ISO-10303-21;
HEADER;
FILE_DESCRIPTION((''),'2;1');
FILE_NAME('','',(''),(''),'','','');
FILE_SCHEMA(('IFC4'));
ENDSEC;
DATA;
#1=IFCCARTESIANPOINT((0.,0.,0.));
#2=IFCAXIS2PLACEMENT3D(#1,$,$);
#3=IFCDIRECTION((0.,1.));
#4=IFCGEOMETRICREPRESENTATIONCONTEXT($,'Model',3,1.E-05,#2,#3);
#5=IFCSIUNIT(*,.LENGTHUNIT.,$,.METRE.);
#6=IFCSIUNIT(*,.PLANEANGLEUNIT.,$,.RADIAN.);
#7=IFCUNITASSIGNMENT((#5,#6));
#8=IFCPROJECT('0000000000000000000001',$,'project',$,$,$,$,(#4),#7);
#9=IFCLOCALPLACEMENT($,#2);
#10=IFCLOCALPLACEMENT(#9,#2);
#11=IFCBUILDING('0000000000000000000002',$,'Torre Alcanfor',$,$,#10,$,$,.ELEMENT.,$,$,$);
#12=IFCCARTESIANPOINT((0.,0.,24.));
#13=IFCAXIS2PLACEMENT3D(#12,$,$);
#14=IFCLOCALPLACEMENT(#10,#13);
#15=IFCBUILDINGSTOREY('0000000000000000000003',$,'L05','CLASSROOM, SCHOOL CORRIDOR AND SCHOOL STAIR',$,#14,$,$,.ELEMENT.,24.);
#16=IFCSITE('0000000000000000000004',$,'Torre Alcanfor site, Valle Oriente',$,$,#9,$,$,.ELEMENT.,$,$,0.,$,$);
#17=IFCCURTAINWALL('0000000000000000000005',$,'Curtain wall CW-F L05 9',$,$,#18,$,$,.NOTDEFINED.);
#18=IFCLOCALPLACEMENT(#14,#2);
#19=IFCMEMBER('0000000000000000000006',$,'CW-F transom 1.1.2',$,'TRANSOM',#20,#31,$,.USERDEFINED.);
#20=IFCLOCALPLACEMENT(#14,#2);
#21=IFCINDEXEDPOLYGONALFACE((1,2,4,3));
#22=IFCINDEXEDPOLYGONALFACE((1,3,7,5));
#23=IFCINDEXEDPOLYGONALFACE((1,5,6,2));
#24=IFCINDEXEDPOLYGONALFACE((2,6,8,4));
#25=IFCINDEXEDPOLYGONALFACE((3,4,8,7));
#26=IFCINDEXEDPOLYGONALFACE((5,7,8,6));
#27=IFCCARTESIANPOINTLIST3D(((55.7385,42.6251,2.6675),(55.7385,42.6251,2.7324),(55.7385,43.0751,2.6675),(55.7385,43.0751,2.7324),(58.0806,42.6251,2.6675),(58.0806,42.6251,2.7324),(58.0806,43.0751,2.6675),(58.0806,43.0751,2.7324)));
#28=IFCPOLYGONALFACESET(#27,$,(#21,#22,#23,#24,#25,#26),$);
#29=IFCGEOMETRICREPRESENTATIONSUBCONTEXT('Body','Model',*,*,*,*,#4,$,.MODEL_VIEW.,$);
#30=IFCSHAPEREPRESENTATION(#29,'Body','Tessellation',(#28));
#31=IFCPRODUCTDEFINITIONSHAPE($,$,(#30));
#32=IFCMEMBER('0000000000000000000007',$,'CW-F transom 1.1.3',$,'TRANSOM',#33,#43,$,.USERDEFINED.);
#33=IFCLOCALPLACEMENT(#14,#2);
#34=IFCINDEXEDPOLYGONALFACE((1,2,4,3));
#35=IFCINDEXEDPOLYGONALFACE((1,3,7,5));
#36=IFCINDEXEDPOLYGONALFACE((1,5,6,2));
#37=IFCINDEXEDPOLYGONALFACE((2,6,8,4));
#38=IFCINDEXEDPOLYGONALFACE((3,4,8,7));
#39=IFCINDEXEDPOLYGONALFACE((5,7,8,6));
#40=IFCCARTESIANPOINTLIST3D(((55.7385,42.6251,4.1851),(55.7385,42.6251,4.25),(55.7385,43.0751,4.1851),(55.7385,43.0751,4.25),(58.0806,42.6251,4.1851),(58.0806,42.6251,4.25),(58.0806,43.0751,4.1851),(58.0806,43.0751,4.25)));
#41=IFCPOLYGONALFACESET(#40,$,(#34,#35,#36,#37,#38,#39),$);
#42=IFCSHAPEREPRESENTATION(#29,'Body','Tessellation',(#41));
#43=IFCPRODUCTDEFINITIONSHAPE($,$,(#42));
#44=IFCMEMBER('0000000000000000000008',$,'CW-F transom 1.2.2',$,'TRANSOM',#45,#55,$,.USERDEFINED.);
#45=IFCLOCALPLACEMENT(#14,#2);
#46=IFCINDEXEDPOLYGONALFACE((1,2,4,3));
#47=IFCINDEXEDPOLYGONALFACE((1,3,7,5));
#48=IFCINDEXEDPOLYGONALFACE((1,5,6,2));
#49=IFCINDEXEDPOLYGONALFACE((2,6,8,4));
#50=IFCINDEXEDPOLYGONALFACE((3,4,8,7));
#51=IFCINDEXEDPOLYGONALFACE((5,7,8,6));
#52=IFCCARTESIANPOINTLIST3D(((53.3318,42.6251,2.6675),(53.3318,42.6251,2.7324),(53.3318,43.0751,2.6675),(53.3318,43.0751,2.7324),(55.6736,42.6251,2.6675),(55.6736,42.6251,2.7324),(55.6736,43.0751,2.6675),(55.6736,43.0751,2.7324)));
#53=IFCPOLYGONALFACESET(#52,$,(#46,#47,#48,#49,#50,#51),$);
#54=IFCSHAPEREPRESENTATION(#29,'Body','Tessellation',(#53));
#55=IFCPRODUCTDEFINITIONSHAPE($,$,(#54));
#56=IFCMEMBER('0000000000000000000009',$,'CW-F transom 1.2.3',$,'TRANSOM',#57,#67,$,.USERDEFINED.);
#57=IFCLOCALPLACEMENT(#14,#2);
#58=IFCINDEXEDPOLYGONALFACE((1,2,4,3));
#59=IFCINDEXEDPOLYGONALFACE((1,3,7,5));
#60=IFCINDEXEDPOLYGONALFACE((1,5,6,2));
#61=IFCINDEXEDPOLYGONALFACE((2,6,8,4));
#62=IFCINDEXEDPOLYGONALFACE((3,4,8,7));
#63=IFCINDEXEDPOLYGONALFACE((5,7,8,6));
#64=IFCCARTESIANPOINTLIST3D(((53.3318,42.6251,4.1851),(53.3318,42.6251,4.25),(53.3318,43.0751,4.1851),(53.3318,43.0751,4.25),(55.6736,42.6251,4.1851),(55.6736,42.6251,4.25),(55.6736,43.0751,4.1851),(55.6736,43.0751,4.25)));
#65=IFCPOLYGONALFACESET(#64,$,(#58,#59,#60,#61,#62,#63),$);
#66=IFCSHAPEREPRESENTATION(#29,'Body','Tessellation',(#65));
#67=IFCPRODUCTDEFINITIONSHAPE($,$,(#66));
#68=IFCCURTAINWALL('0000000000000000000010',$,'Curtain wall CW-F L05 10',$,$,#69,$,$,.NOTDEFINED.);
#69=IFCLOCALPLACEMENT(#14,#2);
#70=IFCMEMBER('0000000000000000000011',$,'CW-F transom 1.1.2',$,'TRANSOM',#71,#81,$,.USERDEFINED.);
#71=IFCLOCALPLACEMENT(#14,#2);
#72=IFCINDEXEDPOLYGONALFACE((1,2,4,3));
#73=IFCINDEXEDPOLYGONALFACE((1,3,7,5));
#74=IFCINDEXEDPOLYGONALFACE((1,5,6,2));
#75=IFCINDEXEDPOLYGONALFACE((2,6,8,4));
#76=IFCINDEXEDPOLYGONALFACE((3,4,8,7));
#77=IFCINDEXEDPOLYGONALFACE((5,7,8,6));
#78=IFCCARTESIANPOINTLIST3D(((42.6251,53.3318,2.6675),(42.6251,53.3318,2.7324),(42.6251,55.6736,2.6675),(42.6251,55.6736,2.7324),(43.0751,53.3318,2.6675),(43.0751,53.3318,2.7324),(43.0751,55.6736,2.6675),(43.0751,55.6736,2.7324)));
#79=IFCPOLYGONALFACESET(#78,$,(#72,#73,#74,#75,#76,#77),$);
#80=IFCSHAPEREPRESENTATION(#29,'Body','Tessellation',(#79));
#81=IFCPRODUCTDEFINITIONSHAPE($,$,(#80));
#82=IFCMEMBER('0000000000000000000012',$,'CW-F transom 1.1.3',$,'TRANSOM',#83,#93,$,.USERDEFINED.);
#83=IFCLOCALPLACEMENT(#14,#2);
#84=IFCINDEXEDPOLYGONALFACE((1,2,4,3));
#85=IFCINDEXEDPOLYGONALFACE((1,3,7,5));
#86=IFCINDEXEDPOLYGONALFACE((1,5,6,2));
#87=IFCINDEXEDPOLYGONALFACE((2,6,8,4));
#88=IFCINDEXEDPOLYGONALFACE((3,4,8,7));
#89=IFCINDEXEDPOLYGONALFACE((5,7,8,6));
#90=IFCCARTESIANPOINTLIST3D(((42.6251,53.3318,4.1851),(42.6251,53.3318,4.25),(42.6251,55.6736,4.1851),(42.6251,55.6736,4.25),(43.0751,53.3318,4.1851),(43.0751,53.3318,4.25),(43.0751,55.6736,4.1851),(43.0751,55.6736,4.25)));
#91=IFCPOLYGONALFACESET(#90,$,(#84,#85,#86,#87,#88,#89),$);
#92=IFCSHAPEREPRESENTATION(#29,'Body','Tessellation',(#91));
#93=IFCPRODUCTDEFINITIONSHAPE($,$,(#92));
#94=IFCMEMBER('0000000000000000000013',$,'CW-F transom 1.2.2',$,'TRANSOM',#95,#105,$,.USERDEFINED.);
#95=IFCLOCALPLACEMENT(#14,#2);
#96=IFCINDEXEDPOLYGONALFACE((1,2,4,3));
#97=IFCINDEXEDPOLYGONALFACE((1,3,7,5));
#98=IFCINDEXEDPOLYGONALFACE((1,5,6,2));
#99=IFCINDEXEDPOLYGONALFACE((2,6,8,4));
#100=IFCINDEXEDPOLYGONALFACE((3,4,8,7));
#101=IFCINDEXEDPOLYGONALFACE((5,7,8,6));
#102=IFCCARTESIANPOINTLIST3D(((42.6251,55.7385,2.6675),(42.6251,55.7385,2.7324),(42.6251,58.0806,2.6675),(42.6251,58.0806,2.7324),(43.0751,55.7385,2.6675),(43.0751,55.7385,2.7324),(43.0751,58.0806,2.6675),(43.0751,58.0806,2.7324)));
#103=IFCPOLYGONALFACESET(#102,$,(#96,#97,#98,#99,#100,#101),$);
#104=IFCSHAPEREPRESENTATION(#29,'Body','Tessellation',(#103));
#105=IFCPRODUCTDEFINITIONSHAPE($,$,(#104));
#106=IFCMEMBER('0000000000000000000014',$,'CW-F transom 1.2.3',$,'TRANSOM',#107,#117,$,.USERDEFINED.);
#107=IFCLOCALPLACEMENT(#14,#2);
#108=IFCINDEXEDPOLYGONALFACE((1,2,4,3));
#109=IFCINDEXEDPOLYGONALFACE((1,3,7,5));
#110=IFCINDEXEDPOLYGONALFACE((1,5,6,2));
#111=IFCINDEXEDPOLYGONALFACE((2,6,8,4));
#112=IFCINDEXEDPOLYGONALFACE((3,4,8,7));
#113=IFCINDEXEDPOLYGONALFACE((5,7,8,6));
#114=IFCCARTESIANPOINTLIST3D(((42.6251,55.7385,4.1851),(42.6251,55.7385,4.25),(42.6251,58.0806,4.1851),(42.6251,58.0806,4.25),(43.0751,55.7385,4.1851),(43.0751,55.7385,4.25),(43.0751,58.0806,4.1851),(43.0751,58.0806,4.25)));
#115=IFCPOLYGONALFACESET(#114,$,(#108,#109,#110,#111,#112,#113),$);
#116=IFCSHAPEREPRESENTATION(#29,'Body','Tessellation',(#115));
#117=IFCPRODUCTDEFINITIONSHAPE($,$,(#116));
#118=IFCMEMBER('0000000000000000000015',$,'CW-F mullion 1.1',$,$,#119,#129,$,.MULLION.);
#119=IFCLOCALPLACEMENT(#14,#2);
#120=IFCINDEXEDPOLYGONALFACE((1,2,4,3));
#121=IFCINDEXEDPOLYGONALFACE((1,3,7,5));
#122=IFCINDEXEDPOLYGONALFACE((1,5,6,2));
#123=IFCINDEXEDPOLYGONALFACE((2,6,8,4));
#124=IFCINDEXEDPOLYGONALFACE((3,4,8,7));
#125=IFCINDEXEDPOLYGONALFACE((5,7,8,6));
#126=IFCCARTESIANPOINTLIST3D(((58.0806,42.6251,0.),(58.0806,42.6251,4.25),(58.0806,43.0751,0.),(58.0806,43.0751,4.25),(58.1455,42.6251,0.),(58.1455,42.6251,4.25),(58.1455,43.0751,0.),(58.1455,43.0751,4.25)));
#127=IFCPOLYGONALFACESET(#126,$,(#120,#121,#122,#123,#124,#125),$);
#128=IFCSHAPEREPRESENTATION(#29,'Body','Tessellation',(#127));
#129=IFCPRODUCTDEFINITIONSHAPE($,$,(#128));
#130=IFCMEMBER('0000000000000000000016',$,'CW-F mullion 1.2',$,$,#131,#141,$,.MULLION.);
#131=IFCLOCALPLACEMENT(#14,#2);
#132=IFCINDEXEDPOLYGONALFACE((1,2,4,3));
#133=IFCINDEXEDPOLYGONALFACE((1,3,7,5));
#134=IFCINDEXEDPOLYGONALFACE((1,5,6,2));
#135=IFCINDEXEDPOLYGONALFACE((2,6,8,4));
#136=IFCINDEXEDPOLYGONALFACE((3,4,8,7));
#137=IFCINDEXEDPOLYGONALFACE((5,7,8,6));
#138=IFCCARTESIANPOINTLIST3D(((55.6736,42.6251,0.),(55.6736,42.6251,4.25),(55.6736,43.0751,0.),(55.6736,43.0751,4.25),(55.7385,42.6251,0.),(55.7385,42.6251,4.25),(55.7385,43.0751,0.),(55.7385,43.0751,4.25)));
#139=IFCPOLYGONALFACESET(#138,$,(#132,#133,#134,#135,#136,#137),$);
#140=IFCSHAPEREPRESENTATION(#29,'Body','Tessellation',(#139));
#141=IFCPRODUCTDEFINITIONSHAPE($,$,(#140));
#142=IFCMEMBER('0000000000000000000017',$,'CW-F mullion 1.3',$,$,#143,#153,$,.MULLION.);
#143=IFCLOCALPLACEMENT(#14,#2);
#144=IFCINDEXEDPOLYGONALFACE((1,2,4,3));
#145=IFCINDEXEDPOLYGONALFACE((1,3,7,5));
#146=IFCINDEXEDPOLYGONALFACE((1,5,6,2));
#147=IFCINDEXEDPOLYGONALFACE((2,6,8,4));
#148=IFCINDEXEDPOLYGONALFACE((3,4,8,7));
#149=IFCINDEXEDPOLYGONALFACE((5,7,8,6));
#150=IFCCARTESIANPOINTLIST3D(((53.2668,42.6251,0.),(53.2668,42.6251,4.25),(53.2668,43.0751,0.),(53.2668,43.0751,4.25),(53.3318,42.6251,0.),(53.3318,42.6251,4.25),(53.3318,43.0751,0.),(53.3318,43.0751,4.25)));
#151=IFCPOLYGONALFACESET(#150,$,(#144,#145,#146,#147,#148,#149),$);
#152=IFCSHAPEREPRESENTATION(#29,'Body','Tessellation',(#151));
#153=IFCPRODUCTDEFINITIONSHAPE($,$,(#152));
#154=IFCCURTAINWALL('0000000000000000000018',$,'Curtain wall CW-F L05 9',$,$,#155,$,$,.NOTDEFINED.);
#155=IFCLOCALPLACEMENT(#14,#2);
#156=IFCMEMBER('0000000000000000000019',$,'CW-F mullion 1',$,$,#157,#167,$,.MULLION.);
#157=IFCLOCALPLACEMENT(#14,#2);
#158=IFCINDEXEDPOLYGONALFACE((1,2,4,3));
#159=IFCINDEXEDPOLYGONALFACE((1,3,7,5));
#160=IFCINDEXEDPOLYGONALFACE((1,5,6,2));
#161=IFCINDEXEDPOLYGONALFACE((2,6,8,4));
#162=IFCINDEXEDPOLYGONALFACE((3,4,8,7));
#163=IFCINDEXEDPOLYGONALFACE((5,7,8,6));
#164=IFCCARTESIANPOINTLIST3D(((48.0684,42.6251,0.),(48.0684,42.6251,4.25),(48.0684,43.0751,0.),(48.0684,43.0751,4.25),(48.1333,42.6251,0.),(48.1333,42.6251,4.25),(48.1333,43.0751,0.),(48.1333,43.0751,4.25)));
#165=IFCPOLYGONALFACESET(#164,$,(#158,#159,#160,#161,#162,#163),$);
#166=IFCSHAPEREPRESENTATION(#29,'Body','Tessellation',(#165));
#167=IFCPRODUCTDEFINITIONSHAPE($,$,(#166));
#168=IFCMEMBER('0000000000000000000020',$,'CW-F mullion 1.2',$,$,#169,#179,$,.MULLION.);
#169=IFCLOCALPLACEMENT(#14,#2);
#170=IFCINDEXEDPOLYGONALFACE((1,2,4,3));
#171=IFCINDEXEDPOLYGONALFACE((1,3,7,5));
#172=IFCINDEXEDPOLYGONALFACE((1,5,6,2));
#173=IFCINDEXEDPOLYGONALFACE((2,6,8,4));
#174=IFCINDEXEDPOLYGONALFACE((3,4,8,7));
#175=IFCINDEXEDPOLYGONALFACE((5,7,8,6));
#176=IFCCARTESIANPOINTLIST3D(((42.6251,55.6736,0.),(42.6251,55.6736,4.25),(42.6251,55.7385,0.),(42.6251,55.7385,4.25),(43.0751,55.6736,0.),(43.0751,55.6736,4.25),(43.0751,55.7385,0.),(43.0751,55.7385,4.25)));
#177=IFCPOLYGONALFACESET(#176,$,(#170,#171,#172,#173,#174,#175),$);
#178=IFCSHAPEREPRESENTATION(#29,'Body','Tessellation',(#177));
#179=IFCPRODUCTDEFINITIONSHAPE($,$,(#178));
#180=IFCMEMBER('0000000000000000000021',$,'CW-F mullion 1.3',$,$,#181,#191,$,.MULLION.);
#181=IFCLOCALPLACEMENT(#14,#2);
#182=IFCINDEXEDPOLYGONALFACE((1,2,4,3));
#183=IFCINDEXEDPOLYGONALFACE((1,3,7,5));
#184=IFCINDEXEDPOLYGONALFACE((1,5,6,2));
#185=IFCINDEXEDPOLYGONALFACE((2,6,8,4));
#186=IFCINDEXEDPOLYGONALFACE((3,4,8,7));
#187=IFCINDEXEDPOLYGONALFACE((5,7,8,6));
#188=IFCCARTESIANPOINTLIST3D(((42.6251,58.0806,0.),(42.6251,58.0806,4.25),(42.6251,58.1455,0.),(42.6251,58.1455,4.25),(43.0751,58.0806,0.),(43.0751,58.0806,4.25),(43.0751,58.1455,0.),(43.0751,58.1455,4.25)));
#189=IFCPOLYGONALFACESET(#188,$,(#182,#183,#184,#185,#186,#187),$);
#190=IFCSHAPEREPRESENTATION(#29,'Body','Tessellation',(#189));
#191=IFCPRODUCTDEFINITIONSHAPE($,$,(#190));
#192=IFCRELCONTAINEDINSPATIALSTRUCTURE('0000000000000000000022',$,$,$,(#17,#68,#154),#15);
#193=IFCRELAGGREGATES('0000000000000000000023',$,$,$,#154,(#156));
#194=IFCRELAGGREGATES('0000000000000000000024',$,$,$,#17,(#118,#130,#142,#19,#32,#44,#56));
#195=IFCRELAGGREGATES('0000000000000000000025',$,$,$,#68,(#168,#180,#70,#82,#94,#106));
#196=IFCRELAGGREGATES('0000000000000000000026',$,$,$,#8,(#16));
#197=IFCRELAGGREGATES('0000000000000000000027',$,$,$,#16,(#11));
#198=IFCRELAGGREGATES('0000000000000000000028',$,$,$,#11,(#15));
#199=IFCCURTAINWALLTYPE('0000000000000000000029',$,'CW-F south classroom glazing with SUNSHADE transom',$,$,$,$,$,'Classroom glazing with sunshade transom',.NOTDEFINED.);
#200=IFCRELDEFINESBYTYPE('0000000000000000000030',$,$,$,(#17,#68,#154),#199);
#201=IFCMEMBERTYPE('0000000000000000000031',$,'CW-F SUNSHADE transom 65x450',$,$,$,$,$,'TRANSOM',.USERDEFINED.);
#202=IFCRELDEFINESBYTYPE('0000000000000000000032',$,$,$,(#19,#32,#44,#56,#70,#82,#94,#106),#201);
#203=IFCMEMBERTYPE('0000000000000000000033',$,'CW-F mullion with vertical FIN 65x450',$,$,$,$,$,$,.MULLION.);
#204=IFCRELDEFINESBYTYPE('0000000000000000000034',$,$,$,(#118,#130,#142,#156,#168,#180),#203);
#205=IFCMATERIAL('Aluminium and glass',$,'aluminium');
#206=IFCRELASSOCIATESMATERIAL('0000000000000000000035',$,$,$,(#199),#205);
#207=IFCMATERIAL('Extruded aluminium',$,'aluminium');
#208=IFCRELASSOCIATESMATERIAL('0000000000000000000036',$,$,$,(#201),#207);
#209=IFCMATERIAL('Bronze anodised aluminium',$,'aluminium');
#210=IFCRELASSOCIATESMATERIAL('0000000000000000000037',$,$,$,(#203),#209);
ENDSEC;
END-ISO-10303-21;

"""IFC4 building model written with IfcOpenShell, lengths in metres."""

from ifc_helpers import new_model, si_unit, direction, frame, origin, origin_2d, place, context, subcontext, project, spatial, rectangle, extrude, material, material_profile, profile_set, type_object, element, aggregate, save


model = new_model("IFC4")

# Units and contexts
model_context = context("Model", 3, precision=1e-05, world=origin(), true_north=direction((0.0, 1.0)))
body_context = subcontext(model_context, "Body", "Model", "MODEL_VIEW")
ifc_project = project(units=[si_unit("LENGTHUNIT", "METRE"), si_unit("PLANEANGLEUNIT", "RADIAN")], contexts=[model_context])

# Site, building, storey
site_placement = place(None, origin())
site = spatial("IfcSite", under=ifc_project, at=site_placement, Name="Torre Alcanfor site, Valle Oriente", CompositionType="ELEMENT", RefElevation=0.0)
building_placement = place(site_placement, origin())
building = spatial("IfcBuilding", under=site, at=building_placement, Name="Torre Alcanfor", CompositionType="ELEMENT")
storey_placement = place(building_placement, frame((0.0, 0.0, 24.0)))
storey = spatial("IfcBuildingStorey", under=building, at=storey_placement, Name="L05", Description="CLASSROOM, SCHOOL CORRIDOR AND SCHOOL STAIR", CompositionType="ELEMENT", Elevation=24.0)

# Curtain walls, members
ifc_material_1 = material(Name="Aluminium and glass", Category="aluminium")
curtain_wall_type = type_object("IfcCurtainWallType", Name="CW-F south classroom glazing with SUNSHADE transom", ElementType="Classroom glazing with sunshade transom", PredefinedType="NOTDEFINED", material=ifc_material_1)
curtain_wall_1_placement = place(storey_placement, origin())
curtain_wall_1 = element("IfcCurtainWall", 1, at=curtain_wall_1_placement, inside=storey, type_object=curtain_wall_type, Name="Curtain wall CW-F L05 9", PredefinedType="NOTDEFINED")
ifc_material_2 = material(Name="Extruded aluminium", Category="aluminium")
ifc_material_profile_1 = material_profile(ifc_material_2, rectangle(XDim=0.45, YDim=0.0649, at=origin_2d()), Name="CW-F transom 450x65")
ifc_profile_set_1 = profile_set([ifc_material_profile_1], Name="Extruded aluminium")
member_type_1 = type_object("IfcMemberType", Name="CW-F SUNSHADE transom 65x450", ElementType="TRANSOM", PredefinedType="USERDEFINED", material=ifc_profile_set_1)
member_1_placement = place(storey_placement, frame((58.0806, 42.8501, 2.7), z_axis=(-1.0, 0.0, 0.0), x_axis=(0.0, -1.0, 0.0)))
member_1 = element("IfcMember", 2, at=member_1_placement, type_object=member_type_1, Name="CW-F transom 1.1.2", ObjectType="TRANSOM", PredefinedType="USERDEFINED", context=body_context, shape_type="SweptSolid", body=[
    extrude(rectangle(XDim=0.45, YDim=0.0649, at=origin_2d()), origin(), (0.0, 0.0, 1.0), 2.342),
])
member_2_placement = place(storey_placement, frame((58.0806, 42.8501, 4.2175), z_axis=(-1.0, 0.0, 0.0), x_axis=(0.0, -1.0, 0.0)))
member_2 = element("IfcMember", 3, at=member_2_placement, type_object=member_type_1, Name="CW-F transom 1.1.3", ObjectType="TRANSOM", PredefinedType="USERDEFINED", context=body_context, shape_type="SweptSolid", body=[
    extrude(rectangle(XDim=0.45, YDim=0.0649, at=origin_2d()), origin(), (0.0, 0.0, 1.0), 2.342),
])
member_3_placement = place(storey_placement, frame((55.6736, 42.8501, 2.7), z_axis=(-1.0, 0.0, 0.0), x_axis=(0.0, -1.0, 0.0)))
member_3 = element("IfcMember", 4, at=member_3_placement, type_object=member_type_1, Name="CW-F transom 1.2.2", ObjectType="TRANSOM", PredefinedType="USERDEFINED", context=body_context, shape_type="SweptSolid", body=[
    extrude(rectangle(XDim=0.45, YDim=0.0649, at=origin_2d()), origin(), (0.0, 0.0, 1.0), 2.3418),
])
member_4_placement = place(storey_placement, frame((55.6736, 42.8501, 4.2175), z_axis=(-1.0, 0.0, 0.0), x_axis=(0.0, -1.0, 0.0)))
member_4 = element("IfcMember", 5, at=member_4_placement, type_object=member_type_1, Name="CW-F transom 1.2.3", ObjectType="TRANSOM", PredefinedType="USERDEFINED", context=body_context, shape_type="SweptSolid", body=[
    extrude(rectangle(XDim=0.45, YDim=0.0649, at=origin_2d()), origin(), (0.0, 0.0, 1.0), 2.3418),
])
curtain_wall_2_placement = place(storey_placement, origin())
curtain_wall_2 = element("IfcCurtainWall", 6, at=curtain_wall_2_placement, inside=storey, type_object=curtain_wall_type, Name="Curtain wall CW-F L05 10", PredefinedType="NOTDEFINED")
member_5_placement = place(storey_placement, frame((42.8501, 53.3318, 2.7), z_axis=(0.0, 1.0, 0.0), x_axis=(-1.0, 0.0, 0.0)))
member_5 = element("IfcMember", 7, at=member_5_placement, type_object=member_type_1, Name="CW-F transom 1.1.2", ObjectType="TRANSOM", PredefinedType="USERDEFINED", context=body_context, shape_type="SweptSolid", body=[
    extrude(rectangle(XDim=0.45, YDim=0.0649, at=origin_2d()), origin(), (0.0, 0.0, 1.0), 2.3418),
])
member_6_placement = place(storey_placement, frame((42.8501, 53.3318, 4.2175), z_axis=(0.0, 1.0, 0.0), x_axis=(-1.0, 0.0, 0.0)))
member_6 = element("IfcMember", 8, at=member_6_placement, type_object=member_type_1, Name="CW-F transom 1.1.3", ObjectType="TRANSOM", PredefinedType="USERDEFINED", context=body_context, shape_type="SweptSolid", body=[
    extrude(rectangle(XDim=0.45, YDim=0.0649, at=origin_2d()), origin(), (0.0, 0.0, 1.0), 2.3418),
])
member_7_placement = place(storey_placement, frame((42.8501, 55.7385, 2.7), z_axis=(0.0, 1.0, 0.0), x_axis=(-1.0, 0.0, 0.0)))
member_7 = element("IfcMember", 9, at=member_7_placement, type_object=member_type_1, Name="CW-F transom 1.2.2", ObjectType="TRANSOM", PredefinedType="USERDEFINED", context=body_context, shape_type="SweptSolid", body=[
    extrude(rectangle(XDim=0.45, YDim=0.0649, at=origin_2d()), origin(), (0.0, 0.0, 1.0), 2.342),
])
member_8_placement = place(storey_placement, frame((42.8501, 55.7385, 4.2175), z_axis=(0.0, 1.0, 0.0), x_axis=(-1.0, 0.0, 0.0)))
member_8 = element("IfcMember", 10, at=member_8_placement, type_object=member_type_1, Name="CW-F transom 1.2.3", ObjectType="TRANSOM", PredefinedType="USERDEFINED", context=body_context, shape_type="SweptSolid", body=[
    extrude(rectangle(XDim=0.45, YDim=0.0649, at=origin_2d()), origin(), (0.0, 0.0, 1.0), 2.342),
])

# Members
ifc_material_3 = material(Name="Bronze anodised aluminium", Category="aluminium")
ifc_material_profile_2 = material_profile(ifc_material_3, rectangle(XDim=0.45, YDim=0.0649, at=origin_2d()), Name="CW-F mullion 65x450")
ifc_profile_set_2 = profile_set([ifc_material_profile_2], Name="Bronze anodised aluminium")
member_type_2 = type_object("IfcMemberType", Name="CW-F mullion with vertical FIN 65x450", PredefinedType="MULLION", material=ifc_profile_set_2)
member_9_placement = place(storey_placement, frame((58.113, 42.8501, 0.0), z_axis=(0.0, 0.0, 1.0), x_axis=(0.0, -1.0, 0.0)))
member_9 = element("IfcMember", 11, at=member_9_placement, type_object=member_type_2, Name="CW-F mullion 1.1", PredefinedType="MULLION", context=body_context, shape_type="SweptSolid", body=[
    extrude(rectangle(XDim=0.45, YDim=0.0649, at=origin_2d()), origin(), (0.0, 0.0, 1.0), 4.25),
])
member_10_placement = place(storey_placement, frame((55.7061, 42.8501, 0.0), z_axis=(0.0, 0.0, 1.0), x_axis=(0.0, -1.0, 0.0)))
member_10 = element("IfcMember", 12, at=member_10_placement, type_object=member_type_2, Name="CW-F mullion 1.2", PredefinedType="MULLION", context=body_context, shape_type="SweptSolid", body=[
    extrude(rectangle(XDim=0.45, YDim=0.0649, at=origin_2d()), origin(), (0.0, 0.0, 1.0), 4.25),
])
member_11_placement = place(storey_placement, frame((53.2993, 42.8501, 0.0), z_axis=(0.0, 0.0, 1.0), x_axis=(0.0, -1.0, 0.0)))
member_11 = element("IfcMember", 13, at=member_11_placement, type_object=member_type_2, Name="CW-F mullion 1.3", PredefinedType="MULLION", context=body_context, shape_type="SweptSolid", body=[
    extrude(rectangle(XDim=0.45, YDim=0.0649, at=origin_2d()), origin(), (0.0, 0.0, 1.0), 4.25),
])

# Curtain wall, member
curtain_wall_3_placement = place(storey_placement, origin())
curtain_wall_3 = element("IfcCurtainWall", 14, at=curtain_wall_3_placement, inside=storey, type_object=curtain_wall_type, Name="Curtain wall CW-F L05 9", PredefinedType="NOTDEFINED")
member_12_placement = place(storey_placement, frame((48.1008, 42.8501, 0.0), z_axis=(0.0, 0.0, 1.0), x_axis=(0.0, -1.0, 0.0)))
member_12 = element("IfcMember", 15, at=member_12_placement, type_object=member_type_2, Name="CW-F mullion 1", PredefinedType="MULLION", context=body_context, shape_type="SweptSolid", body=[
    extrude(rectangle(XDim=0.45, YDim=0.0649, at=origin_2d()), origin(), (0.0, 0.0, 1.0), 4.25),
])
aggregate(curtain_wall_3, [member_12])

# Members
member_13_placement = place(storey_placement, frame((42.8501, 55.7061, 0.0), z_axis=(0.0, 0.0, 1.0), x_axis=(-1.0, 0.0, 0.0)))
member_13 = element("IfcMember", 16, at=member_13_placement, type_object=member_type_2, Name="CW-F mullion 1.2", PredefinedType="MULLION", context=body_context, shape_type="SweptSolid", body=[
    extrude(rectangle(XDim=0.45, YDim=0.0649, at=origin_2d()), origin(), (0.0, 0.0, 1.0), 4.25),
])
member_14_placement = place(storey_placement, frame((42.8501, 58.113, 0.0), z_axis=(0.0, 0.0, 1.0), x_axis=(-1.0, 0.0, 0.0)))
member_14 = element("IfcMember", 17, at=member_14_placement, type_object=member_type_2, Name="CW-F mullion 1.3", PredefinedType="MULLION", context=body_context, shape_type="SweptSolid", body=[
    extrude(rectangle(XDim=0.45, YDim=0.0649, at=origin_2d()), origin(), (0.0, 0.0, 1.0), 4.25),
])

aggregate(curtain_wall_1, [member_9, member_10, member_11, member_1, member_2, member_3, member_4])
aggregate(curtain_wall_2, [member_13, member_14, member_5, member_6, member_7, member_8])

save(model, "model.ifc")
